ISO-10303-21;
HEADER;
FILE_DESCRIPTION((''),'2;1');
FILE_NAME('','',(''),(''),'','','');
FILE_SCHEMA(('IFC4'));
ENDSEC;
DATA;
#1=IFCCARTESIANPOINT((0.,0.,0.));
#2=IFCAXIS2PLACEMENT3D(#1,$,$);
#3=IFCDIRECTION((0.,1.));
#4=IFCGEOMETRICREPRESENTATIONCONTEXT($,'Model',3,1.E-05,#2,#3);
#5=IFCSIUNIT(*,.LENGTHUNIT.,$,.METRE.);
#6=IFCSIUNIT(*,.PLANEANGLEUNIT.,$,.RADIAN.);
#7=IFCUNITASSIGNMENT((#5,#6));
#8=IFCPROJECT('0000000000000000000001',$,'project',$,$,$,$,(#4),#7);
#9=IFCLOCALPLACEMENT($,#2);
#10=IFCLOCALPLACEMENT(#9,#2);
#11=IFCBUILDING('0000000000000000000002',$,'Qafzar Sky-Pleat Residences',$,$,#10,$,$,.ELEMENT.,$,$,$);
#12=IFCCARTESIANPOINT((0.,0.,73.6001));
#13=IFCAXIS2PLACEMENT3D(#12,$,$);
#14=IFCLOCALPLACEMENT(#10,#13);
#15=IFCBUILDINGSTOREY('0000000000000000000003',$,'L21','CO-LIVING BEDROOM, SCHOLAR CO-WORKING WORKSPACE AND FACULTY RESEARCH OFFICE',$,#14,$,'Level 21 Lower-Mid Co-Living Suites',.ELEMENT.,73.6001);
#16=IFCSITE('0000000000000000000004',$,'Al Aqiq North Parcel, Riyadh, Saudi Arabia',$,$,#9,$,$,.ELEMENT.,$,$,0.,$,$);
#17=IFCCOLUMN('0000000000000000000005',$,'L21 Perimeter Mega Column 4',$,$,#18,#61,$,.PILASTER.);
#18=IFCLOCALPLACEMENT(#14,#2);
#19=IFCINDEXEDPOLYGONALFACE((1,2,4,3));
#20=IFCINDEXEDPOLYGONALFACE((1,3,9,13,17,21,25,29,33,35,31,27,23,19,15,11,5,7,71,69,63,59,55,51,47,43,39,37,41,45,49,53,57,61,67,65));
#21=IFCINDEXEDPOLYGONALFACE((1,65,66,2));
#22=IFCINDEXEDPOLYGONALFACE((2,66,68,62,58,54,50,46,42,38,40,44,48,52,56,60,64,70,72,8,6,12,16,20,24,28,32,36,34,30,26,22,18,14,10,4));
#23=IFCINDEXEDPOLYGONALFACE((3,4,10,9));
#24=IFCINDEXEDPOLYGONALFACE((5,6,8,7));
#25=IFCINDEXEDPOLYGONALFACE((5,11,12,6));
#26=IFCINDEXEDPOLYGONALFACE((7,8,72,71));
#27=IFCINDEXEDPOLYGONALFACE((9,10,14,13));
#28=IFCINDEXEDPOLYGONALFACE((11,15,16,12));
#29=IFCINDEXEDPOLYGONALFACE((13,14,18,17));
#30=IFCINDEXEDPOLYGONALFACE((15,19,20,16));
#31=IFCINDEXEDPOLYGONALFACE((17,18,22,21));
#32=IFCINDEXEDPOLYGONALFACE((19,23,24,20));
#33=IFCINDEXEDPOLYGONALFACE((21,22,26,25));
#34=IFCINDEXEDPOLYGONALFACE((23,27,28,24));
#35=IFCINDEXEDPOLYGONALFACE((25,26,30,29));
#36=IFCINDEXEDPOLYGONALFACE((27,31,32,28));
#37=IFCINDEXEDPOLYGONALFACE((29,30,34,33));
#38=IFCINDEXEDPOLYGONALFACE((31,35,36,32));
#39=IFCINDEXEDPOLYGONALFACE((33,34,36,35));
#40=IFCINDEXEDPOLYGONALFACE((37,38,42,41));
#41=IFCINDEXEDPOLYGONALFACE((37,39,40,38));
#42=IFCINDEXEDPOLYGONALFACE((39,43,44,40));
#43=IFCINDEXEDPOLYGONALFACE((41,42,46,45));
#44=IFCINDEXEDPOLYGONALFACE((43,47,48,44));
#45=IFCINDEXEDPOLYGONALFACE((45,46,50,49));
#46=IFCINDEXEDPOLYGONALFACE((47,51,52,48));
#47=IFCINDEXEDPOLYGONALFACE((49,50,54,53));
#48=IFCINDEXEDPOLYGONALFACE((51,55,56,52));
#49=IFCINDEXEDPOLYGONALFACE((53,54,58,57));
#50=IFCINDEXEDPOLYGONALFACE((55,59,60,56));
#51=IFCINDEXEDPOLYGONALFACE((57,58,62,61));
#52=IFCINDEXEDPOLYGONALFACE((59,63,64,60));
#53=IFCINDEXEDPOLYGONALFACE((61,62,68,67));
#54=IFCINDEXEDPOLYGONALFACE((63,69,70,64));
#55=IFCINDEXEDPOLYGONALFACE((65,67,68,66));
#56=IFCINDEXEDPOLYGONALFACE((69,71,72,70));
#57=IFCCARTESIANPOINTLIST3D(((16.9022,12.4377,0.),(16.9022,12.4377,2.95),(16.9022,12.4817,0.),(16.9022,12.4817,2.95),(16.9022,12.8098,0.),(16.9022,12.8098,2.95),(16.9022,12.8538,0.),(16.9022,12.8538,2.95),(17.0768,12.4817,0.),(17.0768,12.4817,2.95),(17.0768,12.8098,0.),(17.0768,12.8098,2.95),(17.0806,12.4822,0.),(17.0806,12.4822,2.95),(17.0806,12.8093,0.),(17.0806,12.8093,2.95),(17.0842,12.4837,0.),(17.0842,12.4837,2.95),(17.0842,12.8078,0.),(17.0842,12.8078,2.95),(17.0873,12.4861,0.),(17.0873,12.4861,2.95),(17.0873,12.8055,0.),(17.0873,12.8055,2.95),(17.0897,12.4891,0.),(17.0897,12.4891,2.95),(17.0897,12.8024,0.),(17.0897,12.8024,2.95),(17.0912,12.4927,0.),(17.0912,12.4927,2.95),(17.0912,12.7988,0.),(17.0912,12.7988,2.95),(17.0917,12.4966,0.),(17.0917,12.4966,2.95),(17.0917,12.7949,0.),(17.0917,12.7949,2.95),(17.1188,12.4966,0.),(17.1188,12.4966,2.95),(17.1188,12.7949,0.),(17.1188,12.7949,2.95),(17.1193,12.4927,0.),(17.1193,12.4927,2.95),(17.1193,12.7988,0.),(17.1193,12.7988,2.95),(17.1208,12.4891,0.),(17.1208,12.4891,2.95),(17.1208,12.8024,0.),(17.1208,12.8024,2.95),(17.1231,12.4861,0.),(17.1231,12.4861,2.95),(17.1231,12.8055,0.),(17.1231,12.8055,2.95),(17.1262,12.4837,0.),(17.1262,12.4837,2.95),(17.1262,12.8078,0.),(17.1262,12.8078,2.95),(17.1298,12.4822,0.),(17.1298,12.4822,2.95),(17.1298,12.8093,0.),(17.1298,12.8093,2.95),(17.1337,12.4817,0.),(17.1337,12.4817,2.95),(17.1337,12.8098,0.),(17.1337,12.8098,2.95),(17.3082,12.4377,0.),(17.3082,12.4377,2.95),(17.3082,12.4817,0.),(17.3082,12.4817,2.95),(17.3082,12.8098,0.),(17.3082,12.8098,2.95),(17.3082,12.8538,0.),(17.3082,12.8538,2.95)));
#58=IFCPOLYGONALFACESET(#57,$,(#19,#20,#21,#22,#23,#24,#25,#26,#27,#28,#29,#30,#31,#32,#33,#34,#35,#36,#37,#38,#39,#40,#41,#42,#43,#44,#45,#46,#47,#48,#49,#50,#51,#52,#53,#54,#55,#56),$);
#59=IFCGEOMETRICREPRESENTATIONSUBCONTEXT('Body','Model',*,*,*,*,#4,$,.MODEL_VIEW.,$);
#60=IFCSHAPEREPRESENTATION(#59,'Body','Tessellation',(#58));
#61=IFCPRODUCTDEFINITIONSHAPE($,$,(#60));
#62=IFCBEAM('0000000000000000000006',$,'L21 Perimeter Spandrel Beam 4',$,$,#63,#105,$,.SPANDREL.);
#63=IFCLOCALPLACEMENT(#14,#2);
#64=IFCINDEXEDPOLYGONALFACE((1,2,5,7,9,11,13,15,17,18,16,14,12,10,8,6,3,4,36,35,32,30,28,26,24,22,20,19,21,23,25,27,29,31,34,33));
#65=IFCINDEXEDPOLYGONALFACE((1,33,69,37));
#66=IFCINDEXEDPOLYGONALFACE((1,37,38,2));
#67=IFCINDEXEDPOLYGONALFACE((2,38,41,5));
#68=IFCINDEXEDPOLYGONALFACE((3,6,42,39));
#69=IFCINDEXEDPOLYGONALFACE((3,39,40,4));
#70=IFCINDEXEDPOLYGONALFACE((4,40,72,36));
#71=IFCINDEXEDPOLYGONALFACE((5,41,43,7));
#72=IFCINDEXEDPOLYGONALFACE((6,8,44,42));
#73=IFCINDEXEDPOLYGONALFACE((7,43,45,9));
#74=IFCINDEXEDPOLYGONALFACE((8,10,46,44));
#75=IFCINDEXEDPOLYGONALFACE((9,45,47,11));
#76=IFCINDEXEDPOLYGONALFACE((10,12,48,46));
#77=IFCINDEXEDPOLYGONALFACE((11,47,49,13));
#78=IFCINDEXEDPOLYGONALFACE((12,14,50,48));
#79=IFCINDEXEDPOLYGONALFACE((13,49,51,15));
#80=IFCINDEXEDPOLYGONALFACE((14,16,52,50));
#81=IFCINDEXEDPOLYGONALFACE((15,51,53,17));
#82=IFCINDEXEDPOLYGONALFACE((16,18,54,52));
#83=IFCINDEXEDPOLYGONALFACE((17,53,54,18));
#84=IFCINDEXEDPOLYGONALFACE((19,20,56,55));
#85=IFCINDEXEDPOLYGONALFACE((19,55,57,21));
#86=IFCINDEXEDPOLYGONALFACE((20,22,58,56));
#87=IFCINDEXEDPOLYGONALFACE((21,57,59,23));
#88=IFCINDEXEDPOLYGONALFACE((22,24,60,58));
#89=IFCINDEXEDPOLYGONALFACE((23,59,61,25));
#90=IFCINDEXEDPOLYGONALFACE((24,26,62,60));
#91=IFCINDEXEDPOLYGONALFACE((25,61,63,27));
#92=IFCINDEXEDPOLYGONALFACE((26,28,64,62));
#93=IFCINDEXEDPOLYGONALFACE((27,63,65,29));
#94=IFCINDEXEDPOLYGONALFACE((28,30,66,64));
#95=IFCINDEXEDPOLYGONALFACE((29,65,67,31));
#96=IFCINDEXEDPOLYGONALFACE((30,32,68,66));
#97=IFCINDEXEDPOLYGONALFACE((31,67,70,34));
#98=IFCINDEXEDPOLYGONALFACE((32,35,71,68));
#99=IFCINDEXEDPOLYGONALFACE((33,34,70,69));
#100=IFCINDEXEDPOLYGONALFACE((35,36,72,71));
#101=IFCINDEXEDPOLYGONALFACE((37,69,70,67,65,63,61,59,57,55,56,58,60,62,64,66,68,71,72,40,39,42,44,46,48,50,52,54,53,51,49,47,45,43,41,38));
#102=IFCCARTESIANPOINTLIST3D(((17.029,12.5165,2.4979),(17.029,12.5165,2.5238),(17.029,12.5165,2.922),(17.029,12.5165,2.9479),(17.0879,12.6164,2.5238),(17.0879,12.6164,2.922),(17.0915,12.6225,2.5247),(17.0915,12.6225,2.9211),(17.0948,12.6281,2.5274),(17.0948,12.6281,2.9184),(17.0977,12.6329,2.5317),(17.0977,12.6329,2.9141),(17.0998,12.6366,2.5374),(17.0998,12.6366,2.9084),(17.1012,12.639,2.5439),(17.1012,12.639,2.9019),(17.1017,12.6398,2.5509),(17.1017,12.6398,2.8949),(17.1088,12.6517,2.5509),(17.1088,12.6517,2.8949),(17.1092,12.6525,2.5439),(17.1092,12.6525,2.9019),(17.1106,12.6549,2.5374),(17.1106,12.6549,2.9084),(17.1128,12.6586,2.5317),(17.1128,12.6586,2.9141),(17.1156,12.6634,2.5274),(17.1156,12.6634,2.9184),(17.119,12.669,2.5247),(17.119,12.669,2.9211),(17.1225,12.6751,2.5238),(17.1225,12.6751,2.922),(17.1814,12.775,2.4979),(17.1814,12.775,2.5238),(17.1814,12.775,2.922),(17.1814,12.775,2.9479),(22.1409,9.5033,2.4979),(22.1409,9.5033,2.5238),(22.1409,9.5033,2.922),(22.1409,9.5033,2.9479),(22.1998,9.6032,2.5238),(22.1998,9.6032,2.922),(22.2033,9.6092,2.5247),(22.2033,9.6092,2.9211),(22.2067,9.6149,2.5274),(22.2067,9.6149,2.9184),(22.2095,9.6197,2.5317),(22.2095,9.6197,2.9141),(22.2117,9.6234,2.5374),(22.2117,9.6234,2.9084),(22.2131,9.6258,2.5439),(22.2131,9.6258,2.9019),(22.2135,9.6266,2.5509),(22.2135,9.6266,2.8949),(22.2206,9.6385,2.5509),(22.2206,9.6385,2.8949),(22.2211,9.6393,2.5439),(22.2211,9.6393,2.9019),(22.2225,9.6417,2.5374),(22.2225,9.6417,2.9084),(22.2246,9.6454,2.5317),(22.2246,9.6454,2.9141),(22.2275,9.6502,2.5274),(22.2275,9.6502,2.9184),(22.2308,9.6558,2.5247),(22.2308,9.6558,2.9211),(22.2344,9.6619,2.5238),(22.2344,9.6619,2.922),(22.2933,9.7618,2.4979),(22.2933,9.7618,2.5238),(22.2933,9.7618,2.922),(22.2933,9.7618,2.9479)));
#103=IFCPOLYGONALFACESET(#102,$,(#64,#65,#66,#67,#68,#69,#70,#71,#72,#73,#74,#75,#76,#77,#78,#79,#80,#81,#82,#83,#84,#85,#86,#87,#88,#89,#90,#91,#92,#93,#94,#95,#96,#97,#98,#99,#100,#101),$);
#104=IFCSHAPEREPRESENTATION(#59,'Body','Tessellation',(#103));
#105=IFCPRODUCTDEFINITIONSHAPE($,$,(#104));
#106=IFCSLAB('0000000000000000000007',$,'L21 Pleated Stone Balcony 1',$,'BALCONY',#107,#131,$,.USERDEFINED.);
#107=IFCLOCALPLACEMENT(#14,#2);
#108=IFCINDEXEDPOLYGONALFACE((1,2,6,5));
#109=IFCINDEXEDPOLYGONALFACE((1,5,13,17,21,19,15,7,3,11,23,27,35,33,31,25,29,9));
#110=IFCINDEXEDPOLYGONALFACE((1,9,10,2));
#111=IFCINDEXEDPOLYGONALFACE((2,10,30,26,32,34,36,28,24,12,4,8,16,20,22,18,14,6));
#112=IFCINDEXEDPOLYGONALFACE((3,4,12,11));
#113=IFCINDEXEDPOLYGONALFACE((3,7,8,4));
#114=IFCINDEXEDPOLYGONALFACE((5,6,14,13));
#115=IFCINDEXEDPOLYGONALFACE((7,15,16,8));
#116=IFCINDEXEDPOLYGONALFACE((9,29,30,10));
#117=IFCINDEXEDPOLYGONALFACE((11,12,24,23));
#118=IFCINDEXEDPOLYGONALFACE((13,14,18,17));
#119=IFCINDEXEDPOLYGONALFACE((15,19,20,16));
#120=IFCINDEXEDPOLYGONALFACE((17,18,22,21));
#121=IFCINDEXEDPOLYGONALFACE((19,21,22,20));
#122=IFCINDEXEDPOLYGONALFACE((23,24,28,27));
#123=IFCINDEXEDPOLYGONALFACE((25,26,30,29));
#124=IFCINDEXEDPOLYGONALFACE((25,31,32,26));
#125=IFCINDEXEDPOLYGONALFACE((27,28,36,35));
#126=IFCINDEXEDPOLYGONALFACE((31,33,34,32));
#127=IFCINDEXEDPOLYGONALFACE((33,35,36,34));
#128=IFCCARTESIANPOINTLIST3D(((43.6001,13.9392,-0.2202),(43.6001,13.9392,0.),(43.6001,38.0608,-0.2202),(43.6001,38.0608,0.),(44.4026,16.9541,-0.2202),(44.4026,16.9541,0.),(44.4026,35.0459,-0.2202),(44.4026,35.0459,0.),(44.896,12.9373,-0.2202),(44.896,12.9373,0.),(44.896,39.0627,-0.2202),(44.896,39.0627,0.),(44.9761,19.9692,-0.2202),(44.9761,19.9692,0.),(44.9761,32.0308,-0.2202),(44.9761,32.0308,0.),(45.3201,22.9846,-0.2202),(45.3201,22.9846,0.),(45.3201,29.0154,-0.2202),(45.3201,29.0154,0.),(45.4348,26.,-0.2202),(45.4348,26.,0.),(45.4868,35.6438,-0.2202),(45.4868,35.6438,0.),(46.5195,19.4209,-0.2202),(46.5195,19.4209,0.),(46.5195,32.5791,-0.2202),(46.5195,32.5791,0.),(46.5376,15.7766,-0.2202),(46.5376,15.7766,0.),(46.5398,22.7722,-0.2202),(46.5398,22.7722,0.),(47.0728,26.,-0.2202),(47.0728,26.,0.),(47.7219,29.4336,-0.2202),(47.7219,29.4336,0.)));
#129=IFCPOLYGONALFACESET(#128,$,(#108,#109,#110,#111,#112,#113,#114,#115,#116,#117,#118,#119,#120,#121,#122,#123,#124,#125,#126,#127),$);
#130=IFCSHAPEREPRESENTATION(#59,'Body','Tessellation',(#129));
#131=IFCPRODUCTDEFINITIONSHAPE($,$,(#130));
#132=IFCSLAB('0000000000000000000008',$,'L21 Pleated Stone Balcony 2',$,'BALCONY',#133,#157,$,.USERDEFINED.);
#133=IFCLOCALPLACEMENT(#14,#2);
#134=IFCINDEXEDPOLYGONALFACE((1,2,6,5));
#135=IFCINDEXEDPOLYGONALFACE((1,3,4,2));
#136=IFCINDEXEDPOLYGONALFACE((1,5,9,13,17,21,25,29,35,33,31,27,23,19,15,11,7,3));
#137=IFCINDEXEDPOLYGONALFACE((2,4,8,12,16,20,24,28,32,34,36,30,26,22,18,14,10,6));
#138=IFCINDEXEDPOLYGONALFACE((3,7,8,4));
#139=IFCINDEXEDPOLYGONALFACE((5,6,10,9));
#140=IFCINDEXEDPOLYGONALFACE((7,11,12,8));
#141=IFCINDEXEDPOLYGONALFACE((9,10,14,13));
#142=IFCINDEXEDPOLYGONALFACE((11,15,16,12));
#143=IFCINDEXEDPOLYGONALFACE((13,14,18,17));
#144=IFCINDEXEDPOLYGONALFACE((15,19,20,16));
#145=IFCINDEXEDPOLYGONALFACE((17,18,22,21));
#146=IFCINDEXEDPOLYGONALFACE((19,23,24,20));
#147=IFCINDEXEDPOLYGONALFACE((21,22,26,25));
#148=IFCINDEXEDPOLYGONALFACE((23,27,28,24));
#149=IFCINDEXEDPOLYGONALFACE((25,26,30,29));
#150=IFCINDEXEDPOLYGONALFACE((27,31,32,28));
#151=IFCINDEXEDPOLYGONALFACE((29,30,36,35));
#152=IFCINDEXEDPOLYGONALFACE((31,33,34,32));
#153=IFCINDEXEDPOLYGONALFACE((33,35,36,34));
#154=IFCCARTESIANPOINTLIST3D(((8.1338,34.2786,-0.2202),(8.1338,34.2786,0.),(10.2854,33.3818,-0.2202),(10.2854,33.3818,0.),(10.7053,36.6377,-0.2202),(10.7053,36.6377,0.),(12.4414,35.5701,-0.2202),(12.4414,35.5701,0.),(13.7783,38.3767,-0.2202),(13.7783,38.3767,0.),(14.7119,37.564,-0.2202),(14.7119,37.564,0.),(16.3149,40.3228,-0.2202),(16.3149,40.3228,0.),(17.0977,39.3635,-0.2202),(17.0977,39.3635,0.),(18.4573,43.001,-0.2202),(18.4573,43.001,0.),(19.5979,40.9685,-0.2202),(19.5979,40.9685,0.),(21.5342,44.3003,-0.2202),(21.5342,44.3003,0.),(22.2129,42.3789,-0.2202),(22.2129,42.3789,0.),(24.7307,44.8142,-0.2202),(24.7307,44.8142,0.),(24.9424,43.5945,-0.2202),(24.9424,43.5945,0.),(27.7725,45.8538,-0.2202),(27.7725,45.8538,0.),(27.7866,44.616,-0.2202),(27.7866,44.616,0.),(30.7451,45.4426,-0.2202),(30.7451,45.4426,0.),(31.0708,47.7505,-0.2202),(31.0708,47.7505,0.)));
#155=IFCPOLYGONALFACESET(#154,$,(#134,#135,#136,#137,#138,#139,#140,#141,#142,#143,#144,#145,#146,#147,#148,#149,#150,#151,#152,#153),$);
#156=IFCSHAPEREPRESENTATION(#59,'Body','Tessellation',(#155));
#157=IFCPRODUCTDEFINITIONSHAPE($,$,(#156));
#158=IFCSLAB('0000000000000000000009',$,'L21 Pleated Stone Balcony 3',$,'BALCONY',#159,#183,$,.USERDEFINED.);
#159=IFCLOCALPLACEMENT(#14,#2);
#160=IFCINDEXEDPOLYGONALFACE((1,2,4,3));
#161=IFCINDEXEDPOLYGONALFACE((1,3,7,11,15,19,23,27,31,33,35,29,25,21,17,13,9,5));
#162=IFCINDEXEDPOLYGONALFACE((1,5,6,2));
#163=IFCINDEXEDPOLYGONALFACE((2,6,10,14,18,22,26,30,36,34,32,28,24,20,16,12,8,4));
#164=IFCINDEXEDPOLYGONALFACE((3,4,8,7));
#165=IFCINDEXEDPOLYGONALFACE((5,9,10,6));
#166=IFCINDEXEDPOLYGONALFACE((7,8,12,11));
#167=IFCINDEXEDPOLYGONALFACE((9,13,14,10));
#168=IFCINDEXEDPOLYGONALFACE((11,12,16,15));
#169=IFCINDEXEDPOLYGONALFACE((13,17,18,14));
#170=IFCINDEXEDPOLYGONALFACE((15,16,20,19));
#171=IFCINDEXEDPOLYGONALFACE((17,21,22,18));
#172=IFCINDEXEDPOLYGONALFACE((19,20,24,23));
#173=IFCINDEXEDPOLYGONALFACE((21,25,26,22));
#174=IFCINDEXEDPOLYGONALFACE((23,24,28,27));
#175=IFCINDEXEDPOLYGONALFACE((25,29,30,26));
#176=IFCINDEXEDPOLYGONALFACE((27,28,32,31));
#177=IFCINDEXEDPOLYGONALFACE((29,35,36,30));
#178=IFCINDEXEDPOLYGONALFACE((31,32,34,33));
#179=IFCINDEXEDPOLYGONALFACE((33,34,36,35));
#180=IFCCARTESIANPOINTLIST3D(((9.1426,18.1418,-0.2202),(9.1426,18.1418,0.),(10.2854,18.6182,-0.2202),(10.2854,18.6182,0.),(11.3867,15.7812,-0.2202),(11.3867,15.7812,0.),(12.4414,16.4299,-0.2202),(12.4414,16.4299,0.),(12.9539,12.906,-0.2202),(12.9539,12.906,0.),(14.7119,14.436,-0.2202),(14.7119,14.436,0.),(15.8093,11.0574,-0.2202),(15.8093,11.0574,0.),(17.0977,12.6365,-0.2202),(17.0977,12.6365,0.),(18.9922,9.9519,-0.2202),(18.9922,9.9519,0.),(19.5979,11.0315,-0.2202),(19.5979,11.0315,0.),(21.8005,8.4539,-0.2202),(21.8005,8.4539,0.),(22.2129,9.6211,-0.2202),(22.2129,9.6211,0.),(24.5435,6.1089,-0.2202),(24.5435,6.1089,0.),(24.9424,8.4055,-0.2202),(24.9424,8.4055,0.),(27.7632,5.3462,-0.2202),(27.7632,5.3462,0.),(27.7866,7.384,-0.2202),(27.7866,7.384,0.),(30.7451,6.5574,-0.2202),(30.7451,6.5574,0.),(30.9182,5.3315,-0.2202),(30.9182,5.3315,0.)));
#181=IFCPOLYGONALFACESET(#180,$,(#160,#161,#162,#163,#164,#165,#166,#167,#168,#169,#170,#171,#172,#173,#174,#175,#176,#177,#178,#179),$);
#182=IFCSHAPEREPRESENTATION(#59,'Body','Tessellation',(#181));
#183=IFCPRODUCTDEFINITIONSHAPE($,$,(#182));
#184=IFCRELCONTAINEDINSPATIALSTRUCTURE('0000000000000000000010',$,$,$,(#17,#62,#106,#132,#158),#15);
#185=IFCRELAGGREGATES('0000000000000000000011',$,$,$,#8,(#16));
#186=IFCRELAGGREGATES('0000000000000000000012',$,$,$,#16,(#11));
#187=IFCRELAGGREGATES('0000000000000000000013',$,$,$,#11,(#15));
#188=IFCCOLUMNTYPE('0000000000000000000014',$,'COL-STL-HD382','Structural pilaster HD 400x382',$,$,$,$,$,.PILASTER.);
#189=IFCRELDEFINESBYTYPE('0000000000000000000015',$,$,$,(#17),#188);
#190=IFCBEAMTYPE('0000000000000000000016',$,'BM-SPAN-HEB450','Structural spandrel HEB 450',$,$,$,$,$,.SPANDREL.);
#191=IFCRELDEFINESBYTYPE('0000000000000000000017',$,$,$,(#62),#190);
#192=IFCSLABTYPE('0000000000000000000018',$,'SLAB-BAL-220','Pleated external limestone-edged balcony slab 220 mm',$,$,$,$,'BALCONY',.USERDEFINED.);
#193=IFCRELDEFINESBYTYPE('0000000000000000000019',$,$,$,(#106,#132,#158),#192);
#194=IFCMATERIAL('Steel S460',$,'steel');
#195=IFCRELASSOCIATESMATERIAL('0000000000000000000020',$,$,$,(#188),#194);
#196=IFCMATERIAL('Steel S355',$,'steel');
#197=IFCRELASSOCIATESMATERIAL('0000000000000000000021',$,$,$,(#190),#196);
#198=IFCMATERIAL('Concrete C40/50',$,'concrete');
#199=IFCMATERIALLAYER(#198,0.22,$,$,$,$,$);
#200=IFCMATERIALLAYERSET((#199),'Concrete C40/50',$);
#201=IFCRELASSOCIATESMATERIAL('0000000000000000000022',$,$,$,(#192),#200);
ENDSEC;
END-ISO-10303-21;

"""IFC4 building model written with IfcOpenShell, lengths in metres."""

from ifc_helpers import new_model, si_unit, direction, frame, origin, origin_2d, place, context, subcontext, project, spatial, polyline, i_section, outline, extrude, source, transform, mapped, material, layer, layer_set, material_profile, profile_set, type_object, element, save


model = new_model("IFC4")

# Units and contexts
model_context = context("Model", 3, precision=1e-05, world=origin(), true_north=direction((0.0, 1.0)))
body_context = subcontext(model_context, "Body", "Model", "MODEL_VIEW")
ifc_project = project(units=[si_unit("LENGTHUNIT", "METRE"), si_unit("PLANEANGLEUNIT", "RADIAN")], contexts=[model_context])

# Site, building, storey
site_placement = place(None, origin())
site = spatial("IfcSite", under=ifc_project, at=site_placement, Name="Al Aqiq North Parcel, Riyadh, Saudi Arabia", CompositionType="ELEMENT", RefElevation=0.0)
building_placement = place(site_placement, origin())
building = spatial("IfcBuilding", under=site, at=building_placement, Name="Qafzar Sky-Pleat Residences", CompositionType="ELEMENT")
storey_placement = place(building_placement, frame((0.0, 0.0, 73.6001)))
storey = spatial("IfcBuildingStorey", under=building, at=storey_placement, Name="L21", Description="CO-LIVING BEDROOM, SCHOLAR CO-WORKING WORKSPACE AND FACULTY RESEARCH OFFICE", LongName="Level 21 Lower-Mid Co-Living Suites", CompositionType="ELEMENT", Elevation=73.6001)

# Column
ifc_material_1 = material(Name="Steel S460", Category="steel")
ifc_material_profile_1 = material_profile(ifc_material_1, i_section(OverallWidth=0.406, OverallDepth=0.416, WebThickness=0.0271, FlangeThickness=0.0439, FilletRadius=0.0149, at=origin_2d()), Name="HD 400x382")
ifc_profile_set_1 = profile_set([ifc_material_profile_1], Name="Steel S460")
column_type = type_object("IfcColumnType", Name="COL-STL-HD382", Description="Structural pilaster HD 400x382", PredefinedType="PILASTER", material=ifc_profile_set_1)
shared_shape_1 = source(origin(), body_context, "Body", "SweptSolid", [
    extrude(i_section(OverallWidth=0.406, OverallDepth=0.416, WebThickness=0.0271, FlangeThickness=0.0439, FilletRadius=0.0149, at=origin_2d()), origin(), (0.0, 0.0, 1.0), 2.95),
])
column_placement = place(storey_placement, frame((17.1052, 12.6458, 0.0), z_axis=(0.0, 0.0, 1.0), x_axis=(1.0, 0.0, 0.0)))
element("IfcColumn", 1, at=column_placement, inside=storey, type_object=column_type, Name="L21 Perimeter Mega Column 4", PredefinedType="PILASTER", context=body_context, shape_type="MappedRepresentation", body=[
    mapped(shared_shape_1, transform((0.0, 0.0, 0.0), x_axis=(1.0, 0.0, 0.0), y_axis=(0.0, 1.0, 0.0), z_axis=(0.0, 0.0, 1.0), scale=1.0)),
])

# Beam
ifc_material_2 = material(Name="Steel S355", Category="steel")
ifc_material_profile_2 = material_profile(ifc_material_2, i_section(OverallWidth=0.3, OverallDepth=0.45, WebThickness=0.0139, FlangeThickness=0.0259, FilletRadius=0.0271, at=origin_2d()), Name="HEB 450")
ifc_profile_set_2 = profile_set([ifc_material_profile_2], Name="Steel S355")
beam_type = type_object("IfcBeamType", Name="BM-SPAN-HEB450", Description="Structural spandrel HEB 450", PredefinedType="SPANDREL", material=ifc_profile_set_2)
shared_shape_2 = source(origin(), body_context, "Body", "SweptSolid", [
    extrude(i_section(OverallWidth=0.3, OverallDepth=0.45, WebThickness=0.0139, FlangeThickness=0.0259, FilletRadius=0.0271, at=origin_2d()), origin(), (0.0, 0.0, 1.0), 5.9338),
])
beam_placement = place(storey_placement, frame((17.1052, 12.6458, 2.7229), z_axis=(0.861475, -0.5078, 0.0), x_axis=(0.5078, 0.861475, 0.0)))
element("IfcBeam", 2, at=beam_placement, inside=storey, type_object=beam_type, Name="L21 Perimeter Spandrel Beam 4", PredefinedType="SPANDREL", context=body_context, shape_type="MappedRepresentation", body=[
    mapped(shared_shape_2, transform((0.0, 0.0, 0.0), x_axis=(1.0, 0.0, 0.0), y_axis=(0.0, 1.0, 0.0), z_axis=(0.0, 0.0, 1.0), scale=1.0)),
])

# Slabs
ifc_material_3 = material(Name="Concrete C40/50", Category="concrete")
ifc_layer_1 = layer(ifc_material_3, 0.22)
ifc_layer_set_1 = layer_set([ifc_layer_1], Name="Concrete C40/50")
slab_type_1 = type_object("IfcSlabType", Name="SLAB-BAL-220", Description="Pleated external limestone-edged balcony slab 220 mm", ElementType="BALCONY", PredefinedType="USERDEFINED", material=ifc_layer_set_1)
slab_1_placement = place(storey_placement, frame((0.0, 0.0, -0.2202)))
element("IfcSlab", 3, at=slab_1_placement, inside=storey, type_object=slab_type_1, Name="L21 Pleated Stone Balcony 1", ObjectType="BALCONY", PredefinedType="USERDEFINED", context=body_context, shape_type="SweptSolid", body=[
    extrude(outline(polyline([(44.4026, 16.9541), (44.9761, 19.9692), (45.3201, 22.9846), (45.4348, 26.0), (45.3201, 29.0154), (44.9761, 32.0308), (44.4026, 35.0459), (43.6001, 38.0608), (44.896, 39.0627), (45.4868, 35.6438), (46.5195, 32.5791), (47.7219, 29.4336), (47.0728, 26.0), (46.5398, 22.7722), (46.5195, 19.4209), (46.5376, 15.7766), (44.896, 12.9373), (43.6001, 13.9392), (44.4026, 16.9541)])), origin(), (0.0, 0.0, 1.0), 0.2202),
])
slab_2_placement = place(storey_placement, frame((0.0, 0.0, -0.2202)))
element("IfcSlab", 4, at=slab_2_placement, inside=storey, type_object=slab_type_1, Name="L21 Pleated Stone Balcony 2", ObjectType="BALCONY", PredefinedType="USERDEFINED", context=body_context, shape_type="SweptSolid", body=[
    extrude(outline(polyline([(27.7866, 44.616), (24.9424, 43.5945), (22.2129, 42.3789), (19.5979, 40.9685), (17.0977, 39.3635), (14.7119, 37.564), (12.4414, 35.5701), (10.2854, 33.3818), (8.1338, 34.2786), (10.7053, 36.6377), (13.7783, 38.3767), (16.3149, 40.3228), (18.4573, 43.001), (21.5342, 44.3003), (24.7307, 44.8142), (27.7725, 45.8538), (31.0708, 47.7505), (30.7451, 45.4426), (27.7866, 44.616)])), origin(), (0.0, 0.0, 1.0), 0.2202),
])
slab_3_placement = place(storey_placement, frame((0.0, 0.0, -0.2202)))
element("IfcSlab", 5, at=slab_3_placement, inside=storey, type_object=slab_type_1, Name="L21 Pleated Stone Balcony 3", ObjectType="BALCONY", PredefinedType="USERDEFINED", context=body_context, shape_type="SweptSolid", body=[
    extrude(outline(polyline([(12.4414, 16.4299), (14.7119, 14.436), (17.0977, 12.6365), (19.5979, 11.0315), (22.2129, 9.6211), (24.9424, 8.4055), (27.7866, 7.384), (30.7451, 6.5574), (30.9182, 5.3315), (27.7632, 5.3462), (24.5435, 6.1089), (21.8005, 8.4539), (18.9922, 9.9519), (15.8093, 11.0574), (12.9539, 12.906), (11.3867, 15.7812), (9.1426, 18.1418), (10.2854, 18.6182), (12.4414, 16.4299)])), origin(), (0.0, 0.0, 1.0), 0.2202),
])

save(model, "model.ifc")
